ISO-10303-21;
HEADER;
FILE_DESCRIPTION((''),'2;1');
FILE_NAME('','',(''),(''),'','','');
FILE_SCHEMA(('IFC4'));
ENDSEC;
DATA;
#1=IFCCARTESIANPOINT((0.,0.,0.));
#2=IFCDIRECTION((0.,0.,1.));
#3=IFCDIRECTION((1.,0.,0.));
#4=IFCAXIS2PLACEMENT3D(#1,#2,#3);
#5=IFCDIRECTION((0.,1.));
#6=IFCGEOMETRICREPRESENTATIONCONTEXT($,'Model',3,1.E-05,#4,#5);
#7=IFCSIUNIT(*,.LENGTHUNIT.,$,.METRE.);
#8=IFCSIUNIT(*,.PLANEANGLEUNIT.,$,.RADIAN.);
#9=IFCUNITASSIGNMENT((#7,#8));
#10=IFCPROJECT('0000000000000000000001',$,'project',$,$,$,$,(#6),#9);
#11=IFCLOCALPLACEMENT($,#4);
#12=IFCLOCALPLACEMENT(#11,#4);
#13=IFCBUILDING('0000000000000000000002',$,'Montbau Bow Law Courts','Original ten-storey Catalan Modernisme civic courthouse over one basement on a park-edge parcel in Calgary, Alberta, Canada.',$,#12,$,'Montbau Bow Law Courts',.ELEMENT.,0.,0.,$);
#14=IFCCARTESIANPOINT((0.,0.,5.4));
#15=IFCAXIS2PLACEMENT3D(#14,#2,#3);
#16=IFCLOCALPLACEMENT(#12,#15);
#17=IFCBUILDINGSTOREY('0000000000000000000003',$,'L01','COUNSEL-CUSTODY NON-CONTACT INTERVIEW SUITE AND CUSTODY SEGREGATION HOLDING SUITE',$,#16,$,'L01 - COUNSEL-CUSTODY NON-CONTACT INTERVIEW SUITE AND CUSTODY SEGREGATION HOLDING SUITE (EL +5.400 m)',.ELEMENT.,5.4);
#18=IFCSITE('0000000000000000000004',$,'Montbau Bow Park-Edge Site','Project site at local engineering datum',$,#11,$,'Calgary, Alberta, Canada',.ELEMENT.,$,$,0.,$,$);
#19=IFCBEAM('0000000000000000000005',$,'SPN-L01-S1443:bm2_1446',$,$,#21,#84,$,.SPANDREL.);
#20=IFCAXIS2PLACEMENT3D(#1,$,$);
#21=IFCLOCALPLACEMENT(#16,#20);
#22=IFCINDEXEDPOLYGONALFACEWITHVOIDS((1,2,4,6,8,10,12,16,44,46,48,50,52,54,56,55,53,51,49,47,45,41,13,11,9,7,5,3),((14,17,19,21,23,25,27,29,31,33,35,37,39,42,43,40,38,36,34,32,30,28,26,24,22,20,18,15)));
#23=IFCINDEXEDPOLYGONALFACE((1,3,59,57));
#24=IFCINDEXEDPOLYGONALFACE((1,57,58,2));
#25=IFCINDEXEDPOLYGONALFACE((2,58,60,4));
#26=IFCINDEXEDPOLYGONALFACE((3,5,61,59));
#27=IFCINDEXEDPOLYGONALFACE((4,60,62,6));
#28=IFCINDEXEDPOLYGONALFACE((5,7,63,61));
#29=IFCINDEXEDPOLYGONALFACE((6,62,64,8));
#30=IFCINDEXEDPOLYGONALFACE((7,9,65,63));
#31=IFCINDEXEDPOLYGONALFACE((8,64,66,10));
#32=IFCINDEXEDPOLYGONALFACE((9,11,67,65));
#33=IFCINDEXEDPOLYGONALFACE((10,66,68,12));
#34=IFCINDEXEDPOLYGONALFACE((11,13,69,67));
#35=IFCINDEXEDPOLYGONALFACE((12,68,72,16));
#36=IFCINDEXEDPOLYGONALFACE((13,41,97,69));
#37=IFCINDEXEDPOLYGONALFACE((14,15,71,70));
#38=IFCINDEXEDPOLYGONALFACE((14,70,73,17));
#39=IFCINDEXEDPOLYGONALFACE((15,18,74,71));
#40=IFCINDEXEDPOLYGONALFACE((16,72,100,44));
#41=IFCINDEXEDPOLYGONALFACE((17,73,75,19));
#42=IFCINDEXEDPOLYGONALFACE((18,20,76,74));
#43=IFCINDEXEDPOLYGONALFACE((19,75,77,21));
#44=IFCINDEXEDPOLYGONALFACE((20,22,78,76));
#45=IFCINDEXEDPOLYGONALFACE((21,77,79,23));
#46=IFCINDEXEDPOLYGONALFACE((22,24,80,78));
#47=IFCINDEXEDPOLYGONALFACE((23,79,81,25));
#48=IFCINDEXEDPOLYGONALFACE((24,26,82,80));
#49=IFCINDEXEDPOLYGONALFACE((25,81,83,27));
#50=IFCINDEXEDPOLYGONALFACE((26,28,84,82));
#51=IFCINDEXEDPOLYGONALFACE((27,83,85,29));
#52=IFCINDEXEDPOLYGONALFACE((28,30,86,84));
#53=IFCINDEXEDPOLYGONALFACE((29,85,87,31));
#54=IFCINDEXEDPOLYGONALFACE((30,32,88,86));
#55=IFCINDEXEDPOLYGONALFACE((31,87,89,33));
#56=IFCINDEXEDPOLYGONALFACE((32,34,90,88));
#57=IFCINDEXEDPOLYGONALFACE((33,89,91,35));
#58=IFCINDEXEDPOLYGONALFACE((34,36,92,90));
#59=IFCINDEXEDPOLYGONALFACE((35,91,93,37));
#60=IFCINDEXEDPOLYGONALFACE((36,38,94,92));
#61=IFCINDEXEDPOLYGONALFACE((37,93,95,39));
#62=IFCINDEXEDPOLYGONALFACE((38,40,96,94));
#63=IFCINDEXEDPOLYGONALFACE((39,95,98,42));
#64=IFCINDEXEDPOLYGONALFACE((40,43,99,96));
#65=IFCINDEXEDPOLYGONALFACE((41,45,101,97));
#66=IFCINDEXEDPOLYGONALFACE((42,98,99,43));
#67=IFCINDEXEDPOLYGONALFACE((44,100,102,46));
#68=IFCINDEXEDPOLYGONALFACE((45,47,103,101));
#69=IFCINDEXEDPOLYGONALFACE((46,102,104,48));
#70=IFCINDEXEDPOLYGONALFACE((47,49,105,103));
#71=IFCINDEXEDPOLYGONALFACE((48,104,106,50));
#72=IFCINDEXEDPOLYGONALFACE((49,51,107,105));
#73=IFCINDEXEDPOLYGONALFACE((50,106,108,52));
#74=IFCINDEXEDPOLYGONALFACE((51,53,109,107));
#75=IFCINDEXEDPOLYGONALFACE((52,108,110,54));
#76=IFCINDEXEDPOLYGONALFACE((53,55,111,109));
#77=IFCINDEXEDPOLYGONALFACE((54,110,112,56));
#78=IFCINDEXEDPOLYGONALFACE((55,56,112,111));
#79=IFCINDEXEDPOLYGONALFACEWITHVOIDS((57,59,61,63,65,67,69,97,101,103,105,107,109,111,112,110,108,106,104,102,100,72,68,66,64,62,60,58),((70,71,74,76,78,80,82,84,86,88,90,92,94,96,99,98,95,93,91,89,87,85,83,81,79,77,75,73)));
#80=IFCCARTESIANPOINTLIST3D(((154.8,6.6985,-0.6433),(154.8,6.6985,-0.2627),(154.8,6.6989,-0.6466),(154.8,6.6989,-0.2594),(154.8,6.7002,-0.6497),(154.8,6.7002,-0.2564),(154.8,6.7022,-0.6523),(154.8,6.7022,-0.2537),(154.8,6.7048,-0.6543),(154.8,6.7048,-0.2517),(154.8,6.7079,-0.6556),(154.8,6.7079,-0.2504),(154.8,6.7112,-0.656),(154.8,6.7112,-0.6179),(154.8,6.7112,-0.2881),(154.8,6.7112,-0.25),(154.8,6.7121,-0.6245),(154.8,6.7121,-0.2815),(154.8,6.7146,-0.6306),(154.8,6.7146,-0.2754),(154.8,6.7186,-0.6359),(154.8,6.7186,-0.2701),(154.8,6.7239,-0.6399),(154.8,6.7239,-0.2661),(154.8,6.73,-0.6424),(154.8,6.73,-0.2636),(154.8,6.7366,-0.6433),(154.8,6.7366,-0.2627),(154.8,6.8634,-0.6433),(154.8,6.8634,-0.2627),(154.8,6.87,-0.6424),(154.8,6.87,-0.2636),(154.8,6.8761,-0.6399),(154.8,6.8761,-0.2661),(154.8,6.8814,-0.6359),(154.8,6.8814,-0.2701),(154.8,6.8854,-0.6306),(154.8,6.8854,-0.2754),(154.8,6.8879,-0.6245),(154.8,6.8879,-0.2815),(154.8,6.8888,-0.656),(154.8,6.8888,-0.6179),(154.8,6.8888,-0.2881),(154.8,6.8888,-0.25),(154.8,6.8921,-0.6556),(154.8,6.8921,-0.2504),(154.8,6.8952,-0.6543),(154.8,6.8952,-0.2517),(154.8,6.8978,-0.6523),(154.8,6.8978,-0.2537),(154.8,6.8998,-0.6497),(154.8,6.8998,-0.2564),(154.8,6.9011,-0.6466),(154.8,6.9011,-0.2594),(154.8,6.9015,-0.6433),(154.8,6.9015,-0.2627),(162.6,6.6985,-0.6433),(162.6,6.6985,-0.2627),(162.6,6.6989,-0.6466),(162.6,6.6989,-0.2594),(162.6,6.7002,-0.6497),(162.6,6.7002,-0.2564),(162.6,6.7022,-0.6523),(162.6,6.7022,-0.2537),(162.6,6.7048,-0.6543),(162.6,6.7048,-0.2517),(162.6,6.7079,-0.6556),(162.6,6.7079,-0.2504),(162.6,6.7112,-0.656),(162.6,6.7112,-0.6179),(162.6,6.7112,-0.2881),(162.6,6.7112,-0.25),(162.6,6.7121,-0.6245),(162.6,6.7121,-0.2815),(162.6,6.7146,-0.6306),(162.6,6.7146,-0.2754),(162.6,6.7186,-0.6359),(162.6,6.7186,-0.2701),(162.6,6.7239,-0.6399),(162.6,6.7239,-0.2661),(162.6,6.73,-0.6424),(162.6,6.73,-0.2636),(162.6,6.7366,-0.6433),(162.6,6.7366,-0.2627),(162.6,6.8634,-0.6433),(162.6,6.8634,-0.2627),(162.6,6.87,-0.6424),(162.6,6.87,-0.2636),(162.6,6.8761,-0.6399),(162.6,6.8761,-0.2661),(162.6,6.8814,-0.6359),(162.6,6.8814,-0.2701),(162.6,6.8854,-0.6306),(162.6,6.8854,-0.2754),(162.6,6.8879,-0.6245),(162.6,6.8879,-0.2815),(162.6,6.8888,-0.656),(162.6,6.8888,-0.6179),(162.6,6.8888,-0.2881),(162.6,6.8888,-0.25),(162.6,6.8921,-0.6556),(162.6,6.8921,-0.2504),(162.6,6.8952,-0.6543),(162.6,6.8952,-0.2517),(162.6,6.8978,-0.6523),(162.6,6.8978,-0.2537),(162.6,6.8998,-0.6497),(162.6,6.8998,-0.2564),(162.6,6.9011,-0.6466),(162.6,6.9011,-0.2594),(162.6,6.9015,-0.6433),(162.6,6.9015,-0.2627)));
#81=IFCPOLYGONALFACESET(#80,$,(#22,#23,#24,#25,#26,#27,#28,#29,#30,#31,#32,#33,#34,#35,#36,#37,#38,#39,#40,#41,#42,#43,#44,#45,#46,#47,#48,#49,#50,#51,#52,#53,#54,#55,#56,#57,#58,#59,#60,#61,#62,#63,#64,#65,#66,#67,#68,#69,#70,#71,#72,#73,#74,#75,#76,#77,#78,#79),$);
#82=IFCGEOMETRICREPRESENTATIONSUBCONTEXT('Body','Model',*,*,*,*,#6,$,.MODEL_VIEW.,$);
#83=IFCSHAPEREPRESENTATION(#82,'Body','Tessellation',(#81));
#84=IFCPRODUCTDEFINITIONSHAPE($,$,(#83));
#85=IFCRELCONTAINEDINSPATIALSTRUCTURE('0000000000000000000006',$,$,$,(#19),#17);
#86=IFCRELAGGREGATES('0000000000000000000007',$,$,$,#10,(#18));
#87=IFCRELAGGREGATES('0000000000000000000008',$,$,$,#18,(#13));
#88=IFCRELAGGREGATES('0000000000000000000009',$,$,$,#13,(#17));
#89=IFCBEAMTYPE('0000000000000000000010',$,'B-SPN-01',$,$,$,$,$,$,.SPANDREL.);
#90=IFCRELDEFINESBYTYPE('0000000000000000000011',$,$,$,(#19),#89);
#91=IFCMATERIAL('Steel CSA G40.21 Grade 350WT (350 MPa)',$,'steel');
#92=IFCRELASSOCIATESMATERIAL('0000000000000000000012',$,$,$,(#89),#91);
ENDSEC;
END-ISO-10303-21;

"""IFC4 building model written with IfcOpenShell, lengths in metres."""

from ifc_helpers import new_model, si_unit, direction, frame, origin_with_axes, origin_2d_with_axis, place, context, subcontext, project, spatial, hollow_rectangle, extrude, material, material_profile, profile_set, type_object, element, save


model = new_model("IFC4")

# Units and contexts
model_context = context("Model", 3, precision=1e-05, world=origin_with_axes(), true_north=direction((0.0, 1.0)))
body_context = subcontext(model_context, "Body", "Model", "MODEL_VIEW")
ifc_project = project(units=[si_unit("LENGTHUNIT", "METRE"), si_unit("PLANEANGLEUNIT", "RADIAN")], contexts=[model_context])

# Site, building, storey
site_placement = place(None, origin_with_axes())
site = spatial("IfcSite", under=ifc_project, at=site_placement, Name="Montbau Bow Park-Edge Site", Description="Project site at local engineering datum", LongName="Calgary, Alberta, Canada", CompositionType="ELEMENT", RefElevation=0.0)
building_placement = place(site_placement, origin_with_axes())
building = spatial("IfcBuilding", under=site, at=building_placement, Name="Montbau Bow Law Courts", Description="Original ten-storey Catalan Modernisme civic courthouse over one basement on a park-edge parcel in Calgary, Alberta, Canada.", LongName="Montbau Bow Law Courts", CompositionType="ELEMENT", ElevationOfRefHeight=0.0, ElevationOfTerrain=0.0)
storey_placement = place(building_placement, frame((0.0, 0.0, 5.4), z_axis=(0.0, 0.0, 1.0), x_axis=(1.0, 0.0, 0.0)))
storey = spatial("IfcBuildingStorey", under=building, at=storey_placement, Name="L01", Description="COUNSEL-CUSTODY NON-CONTACT INTERVIEW SUITE AND CUSTODY SEGREGATION HOLDING SUITE", LongName="L01 - COUNSEL-CUSTODY NON-CONTACT INTERVIEW SUITE AND CUSTODY SEGREGATION HOLDING SUITE (EL +5.400 m)", CompositionType="ELEMENT", Elevation=5.4)

# Beam
ifc_material_1 = material(Name="Steel CSA G40.21 Grade 350WT (350 MPa)", Category="steel")
ifc_material_profile_1 = material_profile(ifc_material_1, hollow_rectangle(XDim=0.203, YDim=0.406, WallThickness=0.0127, InnerFilletRadius=0.0254, OuterFilletRadius=0.0127, at=origin_2d_with_axis()), Name="HSS406X203X13", Category="Main", Priority=0)
ifc_profile_set_1 = profile_set([ifc_material_profile_1], Name="Steel CSA G40.21 Grade 350WT (350 MPa)")
beam_type_1 = type_object("IfcBeamType", Name="B-SPN-01", PredefinedType="SPANDREL", material=ifc_profile_set_1)
beam_1_placement = place(None, frame((154.8, 6.8, 4.947), z_axis=(1.0, 0.0, 0.0), x_axis=(0.0, 1.0, 0.0)))
element("IfcBeam", 1, at=beam_1_placement, inside=storey, type_object=beam_type_1, Name="SPN-L01-S1443:bm2_1446", PredefinedType="SPANDREL", context=body_context, shape_type="SweptSolid", body=[
    extrude(hollow_rectangle(XDim=0.203, YDim=0.406, WallThickness=0.0127, InnerFilletRadius=0.0254, OuterFilletRadius=0.0127, at=origin_2d_with_axis()), origin_with_axes(), (0.0, 0.0, 1.0), 7.8),
])

save(model, "model.ifc")
